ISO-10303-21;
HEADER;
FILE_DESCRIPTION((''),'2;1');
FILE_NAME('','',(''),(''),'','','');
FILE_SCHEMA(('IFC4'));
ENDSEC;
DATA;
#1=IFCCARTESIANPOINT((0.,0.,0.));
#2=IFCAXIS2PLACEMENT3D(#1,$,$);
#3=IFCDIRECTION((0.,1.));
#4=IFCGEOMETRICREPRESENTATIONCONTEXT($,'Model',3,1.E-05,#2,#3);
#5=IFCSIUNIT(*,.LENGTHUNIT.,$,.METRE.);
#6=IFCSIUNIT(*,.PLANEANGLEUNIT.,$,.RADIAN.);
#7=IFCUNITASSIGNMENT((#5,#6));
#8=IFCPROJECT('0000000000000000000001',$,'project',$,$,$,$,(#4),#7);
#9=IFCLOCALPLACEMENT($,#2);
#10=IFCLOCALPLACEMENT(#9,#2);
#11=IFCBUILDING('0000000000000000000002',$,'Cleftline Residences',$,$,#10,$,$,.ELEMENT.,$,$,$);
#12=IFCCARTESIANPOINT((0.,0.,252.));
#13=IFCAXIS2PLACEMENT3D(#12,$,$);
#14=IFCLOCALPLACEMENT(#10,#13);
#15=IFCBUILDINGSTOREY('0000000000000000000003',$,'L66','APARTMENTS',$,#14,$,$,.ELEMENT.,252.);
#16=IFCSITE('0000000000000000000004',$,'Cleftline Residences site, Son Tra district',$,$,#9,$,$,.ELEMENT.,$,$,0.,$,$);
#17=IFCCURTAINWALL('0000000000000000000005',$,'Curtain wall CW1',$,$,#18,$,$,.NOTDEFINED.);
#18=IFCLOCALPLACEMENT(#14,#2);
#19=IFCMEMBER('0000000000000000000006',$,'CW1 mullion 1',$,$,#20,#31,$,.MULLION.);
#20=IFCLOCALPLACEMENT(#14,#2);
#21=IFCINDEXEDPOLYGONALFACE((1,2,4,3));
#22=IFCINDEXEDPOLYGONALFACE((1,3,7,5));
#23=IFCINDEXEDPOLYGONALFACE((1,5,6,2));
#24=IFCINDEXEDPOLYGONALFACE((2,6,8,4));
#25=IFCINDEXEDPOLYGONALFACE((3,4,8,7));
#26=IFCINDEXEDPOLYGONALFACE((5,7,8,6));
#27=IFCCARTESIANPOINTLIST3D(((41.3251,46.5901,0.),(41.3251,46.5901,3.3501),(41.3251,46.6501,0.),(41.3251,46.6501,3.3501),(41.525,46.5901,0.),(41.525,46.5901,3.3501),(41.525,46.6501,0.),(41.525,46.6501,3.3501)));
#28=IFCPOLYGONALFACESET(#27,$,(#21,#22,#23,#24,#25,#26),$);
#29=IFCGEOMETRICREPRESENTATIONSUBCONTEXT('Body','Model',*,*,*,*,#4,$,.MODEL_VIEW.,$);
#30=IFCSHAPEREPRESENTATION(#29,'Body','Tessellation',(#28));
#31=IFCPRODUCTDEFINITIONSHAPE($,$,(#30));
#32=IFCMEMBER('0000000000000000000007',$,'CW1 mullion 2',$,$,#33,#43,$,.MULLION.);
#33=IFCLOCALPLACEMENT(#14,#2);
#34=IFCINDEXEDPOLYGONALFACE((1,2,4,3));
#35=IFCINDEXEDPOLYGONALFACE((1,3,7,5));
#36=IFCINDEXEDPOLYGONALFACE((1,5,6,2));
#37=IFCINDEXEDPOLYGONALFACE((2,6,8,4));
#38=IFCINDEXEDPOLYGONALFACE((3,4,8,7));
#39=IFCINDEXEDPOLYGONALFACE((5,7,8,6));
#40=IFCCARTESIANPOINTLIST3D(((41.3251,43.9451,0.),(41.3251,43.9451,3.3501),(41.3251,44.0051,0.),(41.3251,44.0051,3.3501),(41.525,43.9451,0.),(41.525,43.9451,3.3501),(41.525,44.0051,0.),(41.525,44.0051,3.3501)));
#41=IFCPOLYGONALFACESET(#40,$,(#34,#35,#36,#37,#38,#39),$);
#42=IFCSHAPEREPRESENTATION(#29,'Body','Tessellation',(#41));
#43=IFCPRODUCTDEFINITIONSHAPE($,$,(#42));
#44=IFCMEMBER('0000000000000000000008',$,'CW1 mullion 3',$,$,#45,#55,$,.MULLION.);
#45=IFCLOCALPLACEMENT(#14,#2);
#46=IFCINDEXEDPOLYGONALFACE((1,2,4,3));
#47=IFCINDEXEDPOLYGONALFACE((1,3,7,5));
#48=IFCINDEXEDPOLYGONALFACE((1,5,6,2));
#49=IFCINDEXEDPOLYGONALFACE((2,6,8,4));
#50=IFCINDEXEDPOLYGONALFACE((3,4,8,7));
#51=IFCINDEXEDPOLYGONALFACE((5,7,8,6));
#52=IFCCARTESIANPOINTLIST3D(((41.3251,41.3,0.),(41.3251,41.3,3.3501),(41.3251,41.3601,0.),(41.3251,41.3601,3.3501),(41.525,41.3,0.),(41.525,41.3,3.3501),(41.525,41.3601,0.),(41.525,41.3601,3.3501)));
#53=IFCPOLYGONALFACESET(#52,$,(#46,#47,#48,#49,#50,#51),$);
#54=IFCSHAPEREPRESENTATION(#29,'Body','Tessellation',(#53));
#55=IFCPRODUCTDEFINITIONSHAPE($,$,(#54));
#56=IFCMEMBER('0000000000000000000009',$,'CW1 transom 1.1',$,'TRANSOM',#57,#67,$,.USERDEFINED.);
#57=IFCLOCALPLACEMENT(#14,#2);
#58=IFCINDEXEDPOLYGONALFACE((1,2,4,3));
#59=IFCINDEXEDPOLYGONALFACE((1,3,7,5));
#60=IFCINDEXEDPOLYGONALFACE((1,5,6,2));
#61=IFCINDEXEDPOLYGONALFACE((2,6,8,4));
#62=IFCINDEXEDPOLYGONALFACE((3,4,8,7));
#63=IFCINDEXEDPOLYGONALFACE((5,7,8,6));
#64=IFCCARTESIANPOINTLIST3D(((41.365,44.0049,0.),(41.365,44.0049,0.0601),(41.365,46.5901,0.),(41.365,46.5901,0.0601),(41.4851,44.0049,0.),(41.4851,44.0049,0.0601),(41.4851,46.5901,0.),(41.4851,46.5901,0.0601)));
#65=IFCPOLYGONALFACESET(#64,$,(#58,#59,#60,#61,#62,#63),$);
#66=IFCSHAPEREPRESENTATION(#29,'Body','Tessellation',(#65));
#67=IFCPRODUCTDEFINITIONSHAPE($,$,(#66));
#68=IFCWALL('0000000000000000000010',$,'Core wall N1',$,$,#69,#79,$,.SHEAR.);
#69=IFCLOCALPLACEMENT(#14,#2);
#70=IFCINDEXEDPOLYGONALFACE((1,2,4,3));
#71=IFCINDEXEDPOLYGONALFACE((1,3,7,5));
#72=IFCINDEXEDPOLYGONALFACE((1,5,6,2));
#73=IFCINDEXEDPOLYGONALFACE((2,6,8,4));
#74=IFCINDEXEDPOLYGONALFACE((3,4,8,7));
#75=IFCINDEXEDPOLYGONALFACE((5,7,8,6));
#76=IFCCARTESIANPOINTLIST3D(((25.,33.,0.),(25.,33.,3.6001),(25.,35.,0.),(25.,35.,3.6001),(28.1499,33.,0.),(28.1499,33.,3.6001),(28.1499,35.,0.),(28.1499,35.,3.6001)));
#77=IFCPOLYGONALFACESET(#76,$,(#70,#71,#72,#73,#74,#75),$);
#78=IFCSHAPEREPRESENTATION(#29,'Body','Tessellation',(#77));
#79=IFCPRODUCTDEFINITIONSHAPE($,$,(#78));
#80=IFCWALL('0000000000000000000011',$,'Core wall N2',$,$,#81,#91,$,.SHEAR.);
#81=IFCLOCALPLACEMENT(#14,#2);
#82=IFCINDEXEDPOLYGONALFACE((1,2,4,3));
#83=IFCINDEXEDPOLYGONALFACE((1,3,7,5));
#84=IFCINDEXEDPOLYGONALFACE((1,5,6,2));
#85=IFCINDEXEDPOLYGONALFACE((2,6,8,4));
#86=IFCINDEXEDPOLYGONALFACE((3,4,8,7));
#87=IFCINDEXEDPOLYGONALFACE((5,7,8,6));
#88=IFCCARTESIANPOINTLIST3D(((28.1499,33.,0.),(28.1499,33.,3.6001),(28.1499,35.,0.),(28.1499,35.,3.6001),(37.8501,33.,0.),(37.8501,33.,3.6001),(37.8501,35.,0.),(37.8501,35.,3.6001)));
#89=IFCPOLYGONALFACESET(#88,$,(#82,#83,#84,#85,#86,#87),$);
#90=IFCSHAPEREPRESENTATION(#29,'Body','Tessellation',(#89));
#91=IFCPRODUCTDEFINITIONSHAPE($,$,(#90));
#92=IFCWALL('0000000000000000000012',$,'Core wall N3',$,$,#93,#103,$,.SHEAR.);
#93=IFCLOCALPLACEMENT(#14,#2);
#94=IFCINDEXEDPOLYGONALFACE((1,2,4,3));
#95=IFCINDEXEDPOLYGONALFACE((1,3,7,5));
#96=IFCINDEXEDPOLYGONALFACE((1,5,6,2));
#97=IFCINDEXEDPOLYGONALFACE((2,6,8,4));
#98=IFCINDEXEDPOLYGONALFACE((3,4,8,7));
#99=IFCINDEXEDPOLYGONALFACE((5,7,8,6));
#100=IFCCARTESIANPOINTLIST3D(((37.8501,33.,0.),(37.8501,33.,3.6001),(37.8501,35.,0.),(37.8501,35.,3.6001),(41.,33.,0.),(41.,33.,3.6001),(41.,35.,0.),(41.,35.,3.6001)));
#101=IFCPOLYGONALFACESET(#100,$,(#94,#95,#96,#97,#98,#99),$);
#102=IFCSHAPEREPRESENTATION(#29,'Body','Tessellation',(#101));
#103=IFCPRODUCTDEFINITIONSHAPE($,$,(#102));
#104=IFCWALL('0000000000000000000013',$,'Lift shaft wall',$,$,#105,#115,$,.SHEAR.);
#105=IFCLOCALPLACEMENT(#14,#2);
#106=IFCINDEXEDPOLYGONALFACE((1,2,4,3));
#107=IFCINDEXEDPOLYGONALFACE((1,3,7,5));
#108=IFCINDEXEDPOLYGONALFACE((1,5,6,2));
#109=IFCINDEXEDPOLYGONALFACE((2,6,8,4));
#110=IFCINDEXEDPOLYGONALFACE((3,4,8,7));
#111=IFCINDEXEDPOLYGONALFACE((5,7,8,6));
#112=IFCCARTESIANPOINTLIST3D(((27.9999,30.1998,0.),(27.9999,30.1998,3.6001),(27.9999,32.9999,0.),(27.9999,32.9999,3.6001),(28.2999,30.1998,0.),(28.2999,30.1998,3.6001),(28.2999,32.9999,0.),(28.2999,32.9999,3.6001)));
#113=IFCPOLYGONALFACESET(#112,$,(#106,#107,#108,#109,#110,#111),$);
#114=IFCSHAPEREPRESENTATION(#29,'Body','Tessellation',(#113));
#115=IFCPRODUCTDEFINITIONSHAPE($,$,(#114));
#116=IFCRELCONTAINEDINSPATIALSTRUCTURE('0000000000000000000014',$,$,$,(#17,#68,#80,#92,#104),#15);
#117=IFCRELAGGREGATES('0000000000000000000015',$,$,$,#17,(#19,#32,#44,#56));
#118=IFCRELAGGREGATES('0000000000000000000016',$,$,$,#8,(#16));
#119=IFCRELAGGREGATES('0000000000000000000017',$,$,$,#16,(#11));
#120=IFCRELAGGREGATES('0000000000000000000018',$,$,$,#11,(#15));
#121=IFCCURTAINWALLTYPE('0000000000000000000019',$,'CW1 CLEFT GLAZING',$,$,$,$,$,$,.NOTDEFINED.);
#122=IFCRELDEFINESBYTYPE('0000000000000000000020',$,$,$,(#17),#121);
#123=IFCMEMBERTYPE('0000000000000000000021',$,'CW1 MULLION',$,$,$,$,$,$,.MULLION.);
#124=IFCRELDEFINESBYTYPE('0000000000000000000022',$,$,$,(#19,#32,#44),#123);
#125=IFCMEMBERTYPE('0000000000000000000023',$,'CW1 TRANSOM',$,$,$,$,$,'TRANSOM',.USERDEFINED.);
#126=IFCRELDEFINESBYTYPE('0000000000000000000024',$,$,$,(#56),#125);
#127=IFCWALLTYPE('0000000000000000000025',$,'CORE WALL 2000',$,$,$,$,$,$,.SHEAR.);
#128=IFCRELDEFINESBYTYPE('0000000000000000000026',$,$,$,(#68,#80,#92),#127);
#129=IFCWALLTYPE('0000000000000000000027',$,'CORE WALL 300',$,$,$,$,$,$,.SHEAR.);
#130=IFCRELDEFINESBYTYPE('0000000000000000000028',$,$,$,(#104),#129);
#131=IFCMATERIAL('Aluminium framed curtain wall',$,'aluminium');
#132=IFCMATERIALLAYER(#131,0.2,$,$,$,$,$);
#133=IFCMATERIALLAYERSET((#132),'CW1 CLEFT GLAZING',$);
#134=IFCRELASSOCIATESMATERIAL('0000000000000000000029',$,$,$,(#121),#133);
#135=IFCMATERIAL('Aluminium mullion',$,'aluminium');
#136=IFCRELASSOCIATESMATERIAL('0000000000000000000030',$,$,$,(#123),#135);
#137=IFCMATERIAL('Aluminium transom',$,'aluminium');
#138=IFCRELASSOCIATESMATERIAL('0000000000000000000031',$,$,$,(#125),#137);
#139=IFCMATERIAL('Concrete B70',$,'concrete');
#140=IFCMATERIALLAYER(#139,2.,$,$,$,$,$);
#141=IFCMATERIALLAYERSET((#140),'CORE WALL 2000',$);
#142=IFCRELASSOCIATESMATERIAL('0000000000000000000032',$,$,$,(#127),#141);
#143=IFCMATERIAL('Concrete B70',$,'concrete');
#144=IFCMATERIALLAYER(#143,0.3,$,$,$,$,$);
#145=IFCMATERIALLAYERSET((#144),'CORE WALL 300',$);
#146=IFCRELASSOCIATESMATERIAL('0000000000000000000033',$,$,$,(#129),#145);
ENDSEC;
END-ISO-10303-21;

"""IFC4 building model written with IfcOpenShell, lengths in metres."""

from ifc_helpers import new_model, si_unit, direction, frame, frame_2d, origin, origin_2d, place, context, subcontext, project, spatial, rectangle, extrude, material, layer, layer_set, material_profile, profile_set, type_object, element, aggregate, save


model = new_model("IFC4")

# Units and contexts
model_context = context("Model", 3, precision=1e-05, world=origin(), true_north=direction((0.0, 1.0)))
body_context = subcontext(model_context, "Body", "Model", "MODEL_VIEW")
ifc_project = project(units=[si_unit("LENGTHUNIT", "METRE"), si_unit("PLANEANGLEUNIT", "RADIAN")], contexts=[model_context])

# Site, building, storey
site_placement = place(None, origin())
site = spatial("IfcSite", under=ifc_project, at=site_placement, Name="Cleftline Residences site, Son Tra district", CompositionType="ELEMENT", RefElevation=0.0)
building_placement = place(site_placement, origin())
building = spatial("IfcBuilding", under=site, at=building_placement, Name="Cleftline Residences", CompositionType="ELEMENT")
storey_placement = place(building_placement, frame((0.0, 0.0, 252.0)))
storey = spatial("IfcBuildingStorey", under=building, at=storey_placement, Name="L66", Description="APARTMENTS", CompositionType="ELEMENT", Elevation=252.0)

# Curtain wall, members
ifc_material_1 = material(Name="Aluminium framed curtain wall", Category="aluminium")
ifc_layer_1 = layer(ifc_material_1, 0.2)
ifc_layer_set_1 = layer_set([ifc_layer_1], Name="CW1 CLEFT GLAZING")
curtain_wall_type = type_object("IfcCurtainWallType", Name="CW1 CLEFT GLAZING", PredefinedType="NOTDEFINED", material=ifc_layer_set_1)
curtain_wall_placement = place(storey_placement, origin())
curtain_wall = element("IfcCurtainWall", 1, at=curtain_wall_placement, inside=storey, type_object=curtain_wall_type, Name="Curtain wall CW1", PredefinedType="NOTDEFINED")
ifc_material_2 = material(Name="Aluminium mullion", Category="aluminium")
ifc_material_profile_1 = material_profile(ifc_material_2, rectangle(XDim=0.2, YDim=0.0601, at=origin_2d()))
ifc_profile_set_1 = profile_set([ifc_material_profile_1], Name="Aluminium mullion")
member_type_1 = type_object("IfcMemberType", Name="CW1 MULLION", PredefinedType="MULLION", material=ifc_profile_set_1)
member_1_placement = place(storey_placement, frame((41.425, 46.6201, 0.0), z_axis=(0.0, 0.0, 1.0), x_axis=(1.0, 0.0, 0.0)))
member_1 = element("IfcMember", 2, at=member_1_placement, type_object=member_type_1, Name="CW1 mullion 1", PredefinedType="MULLION", context=body_context, shape_type="SweptSolid", body=[
    extrude(rectangle(XDim=0.2, YDim=0.0601, at=origin_2d()), origin(), (0.0, 0.0, 1.0), 3.3501),
])
member_2_placement = place(storey_placement, frame((41.425, 43.9751, 0.0), z_axis=(0.0, 0.0, 1.0), x_axis=(1.0, 0.0, 0.0)))
member_2 = element("IfcMember", 3, at=member_2_placement, type_object=member_type_1, Name="CW1 mullion 2", PredefinedType="MULLION", context=body_context, shape_type="SweptSolid", body=[
    extrude(rectangle(XDim=0.2, YDim=0.0601, at=origin_2d()), origin(), (0.0, 0.0, 1.0), 3.3501),
])
member_3_placement = place(storey_placement, frame((41.425, 41.3301, 0.0), z_axis=(0.0, 0.0, 1.0), x_axis=(1.0, 0.0, 0.0)))
member_3 = element("IfcMember", 4, at=member_3_placement, type_object=member_type_1, Name="CW1 mullion 3", PredefinedType="MULLION", context=body_context, shape_type="SweptSolid", body=[
    extrude(rectangle(XDim=0.2, YDim=0.0601, at=origin_2d()), origin(), (0.0, 0.0, 1.0), 3.3501),
])
ifc_material_3 = material(Name="Aluminium transom", Category="aluminium")
ifc_material_profile_2 = material_profile(ifc_material_3, rectangle(XDim=0.1201, YDim=0.0601, at=origin_2d()))
ifc_profile_set_2 = profile_set([ifc_material_profile_2], Name="Aluminium transom")
member_type_2 = type_object("IfcMemberType", Name="CW1 TRANSOM", ElementType="TRANSOM", PredefinedType="USERDEFINED", material=ifc_profile_set_2)
member_4_placement = place(storey_placement, frame((41.425, 46.5901, 0.03), z_axis=(0.0, -1.0, 0.0), x_axis=(1.0, 0.0, 0.0)))
member_4 = element("IfcMember", 5, at=member_4_placement, type_object=member_type_2, Name="CW1 transom 1.1", ObjectType="TRANSOM", PredefinedType="USERDEFINED", context=body_context, shape_type="SweptSolid", body=[
    extrude(rectangle(XDim=0.1201, YDim=0.0601, at=origin_2d()), origin(), (0.0, 0.0, 1.0), 2.5852),
])
aggregate(curtain_wall, [member_1, member_2, member_3, member_4])

# Walls
ifc_material_4 = material(Name="Concrete B70", Category="concrete")
ifc_layer_2 = layer(ifc_material_4, 2.0)
ifc_layer_set_2 = layer_set([ifc_layer_2], Name="CORE WALL 2000")
wall_type_1 = type_object("IfcWallType", Name="CORE WALL 2000", PredefinedType="SHEAR", material=ifc_layer_set_2)
wall_1_placement = place(storey_placement, frame((25.0, 34.0, 0.0), z_axis=(0.0, 0.0, 1.0), x_axis=(1.0, 0.0, 0.0)))
element("IfcWall", 6, at=wall_1_placement, inside=storey, type_object=wall_type_1, Name="Core wall N1", PredefinedType="SHEAR", context=body_context, shape_type="SweptSolid", body=[
    extrude(rectangle(XDim=3.1499, YDim=2.0, at=frame_2d((1.575, 0.0))), origin(), (0.0, 0.0, 1.0), 3.6001),
])
wall_2_placement = place(storey_placement, frame((28.1499, 34.0, 0.0), z_axis=(0.0, 0.0, 1.0), x_axis=(1.0, 0.0, 0.0)))
element("IfcWall", 7, at=wall_2_placement, inside=storey, type_object=wall_type_1, Name="Core wall N2", PredefinedType="SHEAR", context=body_context, shape_type="SweptSolid", body=[
    extrude(rectangle(XDim=9.7002, YDim=2.0, at=frame_2d((4.8501, 0.0))), origin(), (0.0, 0.0, 1.0), 3.6001),
])
wall_3_placement = place(storey_placement, frame((37.8501, 34.0, 0.0), z_axis=(0.0, 0.0, 1.0), x_axis=(1.0, 0.0, 0.0)))
element("IfcWall", 8, at=wall_3_placement, inside=storey, type_object=wall_type_1, Name="Core wall N3", PredefinedType="SHEAR", context=body_context, shape_type="SweptSolid", body=[
    extrude(rectangle(XDim=3.1499, YDim=2.0, at=frame_2d((1.575, 0.0))), origin(), (0.0, 0.0, 1.0), 3.6001),
])
ifc_material_5 = material(Name="Concrete B70", Category="concrete")
ifc_layer_3 = layer(ifc_material_5, 0.3)
ifc_layer_set_3 = layer_set([ifc_layer_3], Name="CORE WALL 300")
wall_type_2 = type_object("IfcWallType", Name="CORE WALL 300", PredefinedType="SHEAR", material=ifc_layer_set_3)
wall_4_placement = place(storey_placement, frame((28.1499, 30.2, 0.0), z_axis=(0.0, 0.0, 1.0), x_axis=(0.0, 1.0, 0.0)))
element("IfcWall", 9, at=wall_4_placement, inside=storey, type_object=wall_type_2, Name="Lift shaft wall", PredefinedType="SHEAR", context=body_context, shape_type="SweptSolid", body=[
    extrude(rectangle(XDim=2.8, YDim=0.3, at=frame_2d((1.3999, 0.0))), origin(), (0.0, 0.0, 1.0), 3.6001),
])

save(model, "model.ifc")
